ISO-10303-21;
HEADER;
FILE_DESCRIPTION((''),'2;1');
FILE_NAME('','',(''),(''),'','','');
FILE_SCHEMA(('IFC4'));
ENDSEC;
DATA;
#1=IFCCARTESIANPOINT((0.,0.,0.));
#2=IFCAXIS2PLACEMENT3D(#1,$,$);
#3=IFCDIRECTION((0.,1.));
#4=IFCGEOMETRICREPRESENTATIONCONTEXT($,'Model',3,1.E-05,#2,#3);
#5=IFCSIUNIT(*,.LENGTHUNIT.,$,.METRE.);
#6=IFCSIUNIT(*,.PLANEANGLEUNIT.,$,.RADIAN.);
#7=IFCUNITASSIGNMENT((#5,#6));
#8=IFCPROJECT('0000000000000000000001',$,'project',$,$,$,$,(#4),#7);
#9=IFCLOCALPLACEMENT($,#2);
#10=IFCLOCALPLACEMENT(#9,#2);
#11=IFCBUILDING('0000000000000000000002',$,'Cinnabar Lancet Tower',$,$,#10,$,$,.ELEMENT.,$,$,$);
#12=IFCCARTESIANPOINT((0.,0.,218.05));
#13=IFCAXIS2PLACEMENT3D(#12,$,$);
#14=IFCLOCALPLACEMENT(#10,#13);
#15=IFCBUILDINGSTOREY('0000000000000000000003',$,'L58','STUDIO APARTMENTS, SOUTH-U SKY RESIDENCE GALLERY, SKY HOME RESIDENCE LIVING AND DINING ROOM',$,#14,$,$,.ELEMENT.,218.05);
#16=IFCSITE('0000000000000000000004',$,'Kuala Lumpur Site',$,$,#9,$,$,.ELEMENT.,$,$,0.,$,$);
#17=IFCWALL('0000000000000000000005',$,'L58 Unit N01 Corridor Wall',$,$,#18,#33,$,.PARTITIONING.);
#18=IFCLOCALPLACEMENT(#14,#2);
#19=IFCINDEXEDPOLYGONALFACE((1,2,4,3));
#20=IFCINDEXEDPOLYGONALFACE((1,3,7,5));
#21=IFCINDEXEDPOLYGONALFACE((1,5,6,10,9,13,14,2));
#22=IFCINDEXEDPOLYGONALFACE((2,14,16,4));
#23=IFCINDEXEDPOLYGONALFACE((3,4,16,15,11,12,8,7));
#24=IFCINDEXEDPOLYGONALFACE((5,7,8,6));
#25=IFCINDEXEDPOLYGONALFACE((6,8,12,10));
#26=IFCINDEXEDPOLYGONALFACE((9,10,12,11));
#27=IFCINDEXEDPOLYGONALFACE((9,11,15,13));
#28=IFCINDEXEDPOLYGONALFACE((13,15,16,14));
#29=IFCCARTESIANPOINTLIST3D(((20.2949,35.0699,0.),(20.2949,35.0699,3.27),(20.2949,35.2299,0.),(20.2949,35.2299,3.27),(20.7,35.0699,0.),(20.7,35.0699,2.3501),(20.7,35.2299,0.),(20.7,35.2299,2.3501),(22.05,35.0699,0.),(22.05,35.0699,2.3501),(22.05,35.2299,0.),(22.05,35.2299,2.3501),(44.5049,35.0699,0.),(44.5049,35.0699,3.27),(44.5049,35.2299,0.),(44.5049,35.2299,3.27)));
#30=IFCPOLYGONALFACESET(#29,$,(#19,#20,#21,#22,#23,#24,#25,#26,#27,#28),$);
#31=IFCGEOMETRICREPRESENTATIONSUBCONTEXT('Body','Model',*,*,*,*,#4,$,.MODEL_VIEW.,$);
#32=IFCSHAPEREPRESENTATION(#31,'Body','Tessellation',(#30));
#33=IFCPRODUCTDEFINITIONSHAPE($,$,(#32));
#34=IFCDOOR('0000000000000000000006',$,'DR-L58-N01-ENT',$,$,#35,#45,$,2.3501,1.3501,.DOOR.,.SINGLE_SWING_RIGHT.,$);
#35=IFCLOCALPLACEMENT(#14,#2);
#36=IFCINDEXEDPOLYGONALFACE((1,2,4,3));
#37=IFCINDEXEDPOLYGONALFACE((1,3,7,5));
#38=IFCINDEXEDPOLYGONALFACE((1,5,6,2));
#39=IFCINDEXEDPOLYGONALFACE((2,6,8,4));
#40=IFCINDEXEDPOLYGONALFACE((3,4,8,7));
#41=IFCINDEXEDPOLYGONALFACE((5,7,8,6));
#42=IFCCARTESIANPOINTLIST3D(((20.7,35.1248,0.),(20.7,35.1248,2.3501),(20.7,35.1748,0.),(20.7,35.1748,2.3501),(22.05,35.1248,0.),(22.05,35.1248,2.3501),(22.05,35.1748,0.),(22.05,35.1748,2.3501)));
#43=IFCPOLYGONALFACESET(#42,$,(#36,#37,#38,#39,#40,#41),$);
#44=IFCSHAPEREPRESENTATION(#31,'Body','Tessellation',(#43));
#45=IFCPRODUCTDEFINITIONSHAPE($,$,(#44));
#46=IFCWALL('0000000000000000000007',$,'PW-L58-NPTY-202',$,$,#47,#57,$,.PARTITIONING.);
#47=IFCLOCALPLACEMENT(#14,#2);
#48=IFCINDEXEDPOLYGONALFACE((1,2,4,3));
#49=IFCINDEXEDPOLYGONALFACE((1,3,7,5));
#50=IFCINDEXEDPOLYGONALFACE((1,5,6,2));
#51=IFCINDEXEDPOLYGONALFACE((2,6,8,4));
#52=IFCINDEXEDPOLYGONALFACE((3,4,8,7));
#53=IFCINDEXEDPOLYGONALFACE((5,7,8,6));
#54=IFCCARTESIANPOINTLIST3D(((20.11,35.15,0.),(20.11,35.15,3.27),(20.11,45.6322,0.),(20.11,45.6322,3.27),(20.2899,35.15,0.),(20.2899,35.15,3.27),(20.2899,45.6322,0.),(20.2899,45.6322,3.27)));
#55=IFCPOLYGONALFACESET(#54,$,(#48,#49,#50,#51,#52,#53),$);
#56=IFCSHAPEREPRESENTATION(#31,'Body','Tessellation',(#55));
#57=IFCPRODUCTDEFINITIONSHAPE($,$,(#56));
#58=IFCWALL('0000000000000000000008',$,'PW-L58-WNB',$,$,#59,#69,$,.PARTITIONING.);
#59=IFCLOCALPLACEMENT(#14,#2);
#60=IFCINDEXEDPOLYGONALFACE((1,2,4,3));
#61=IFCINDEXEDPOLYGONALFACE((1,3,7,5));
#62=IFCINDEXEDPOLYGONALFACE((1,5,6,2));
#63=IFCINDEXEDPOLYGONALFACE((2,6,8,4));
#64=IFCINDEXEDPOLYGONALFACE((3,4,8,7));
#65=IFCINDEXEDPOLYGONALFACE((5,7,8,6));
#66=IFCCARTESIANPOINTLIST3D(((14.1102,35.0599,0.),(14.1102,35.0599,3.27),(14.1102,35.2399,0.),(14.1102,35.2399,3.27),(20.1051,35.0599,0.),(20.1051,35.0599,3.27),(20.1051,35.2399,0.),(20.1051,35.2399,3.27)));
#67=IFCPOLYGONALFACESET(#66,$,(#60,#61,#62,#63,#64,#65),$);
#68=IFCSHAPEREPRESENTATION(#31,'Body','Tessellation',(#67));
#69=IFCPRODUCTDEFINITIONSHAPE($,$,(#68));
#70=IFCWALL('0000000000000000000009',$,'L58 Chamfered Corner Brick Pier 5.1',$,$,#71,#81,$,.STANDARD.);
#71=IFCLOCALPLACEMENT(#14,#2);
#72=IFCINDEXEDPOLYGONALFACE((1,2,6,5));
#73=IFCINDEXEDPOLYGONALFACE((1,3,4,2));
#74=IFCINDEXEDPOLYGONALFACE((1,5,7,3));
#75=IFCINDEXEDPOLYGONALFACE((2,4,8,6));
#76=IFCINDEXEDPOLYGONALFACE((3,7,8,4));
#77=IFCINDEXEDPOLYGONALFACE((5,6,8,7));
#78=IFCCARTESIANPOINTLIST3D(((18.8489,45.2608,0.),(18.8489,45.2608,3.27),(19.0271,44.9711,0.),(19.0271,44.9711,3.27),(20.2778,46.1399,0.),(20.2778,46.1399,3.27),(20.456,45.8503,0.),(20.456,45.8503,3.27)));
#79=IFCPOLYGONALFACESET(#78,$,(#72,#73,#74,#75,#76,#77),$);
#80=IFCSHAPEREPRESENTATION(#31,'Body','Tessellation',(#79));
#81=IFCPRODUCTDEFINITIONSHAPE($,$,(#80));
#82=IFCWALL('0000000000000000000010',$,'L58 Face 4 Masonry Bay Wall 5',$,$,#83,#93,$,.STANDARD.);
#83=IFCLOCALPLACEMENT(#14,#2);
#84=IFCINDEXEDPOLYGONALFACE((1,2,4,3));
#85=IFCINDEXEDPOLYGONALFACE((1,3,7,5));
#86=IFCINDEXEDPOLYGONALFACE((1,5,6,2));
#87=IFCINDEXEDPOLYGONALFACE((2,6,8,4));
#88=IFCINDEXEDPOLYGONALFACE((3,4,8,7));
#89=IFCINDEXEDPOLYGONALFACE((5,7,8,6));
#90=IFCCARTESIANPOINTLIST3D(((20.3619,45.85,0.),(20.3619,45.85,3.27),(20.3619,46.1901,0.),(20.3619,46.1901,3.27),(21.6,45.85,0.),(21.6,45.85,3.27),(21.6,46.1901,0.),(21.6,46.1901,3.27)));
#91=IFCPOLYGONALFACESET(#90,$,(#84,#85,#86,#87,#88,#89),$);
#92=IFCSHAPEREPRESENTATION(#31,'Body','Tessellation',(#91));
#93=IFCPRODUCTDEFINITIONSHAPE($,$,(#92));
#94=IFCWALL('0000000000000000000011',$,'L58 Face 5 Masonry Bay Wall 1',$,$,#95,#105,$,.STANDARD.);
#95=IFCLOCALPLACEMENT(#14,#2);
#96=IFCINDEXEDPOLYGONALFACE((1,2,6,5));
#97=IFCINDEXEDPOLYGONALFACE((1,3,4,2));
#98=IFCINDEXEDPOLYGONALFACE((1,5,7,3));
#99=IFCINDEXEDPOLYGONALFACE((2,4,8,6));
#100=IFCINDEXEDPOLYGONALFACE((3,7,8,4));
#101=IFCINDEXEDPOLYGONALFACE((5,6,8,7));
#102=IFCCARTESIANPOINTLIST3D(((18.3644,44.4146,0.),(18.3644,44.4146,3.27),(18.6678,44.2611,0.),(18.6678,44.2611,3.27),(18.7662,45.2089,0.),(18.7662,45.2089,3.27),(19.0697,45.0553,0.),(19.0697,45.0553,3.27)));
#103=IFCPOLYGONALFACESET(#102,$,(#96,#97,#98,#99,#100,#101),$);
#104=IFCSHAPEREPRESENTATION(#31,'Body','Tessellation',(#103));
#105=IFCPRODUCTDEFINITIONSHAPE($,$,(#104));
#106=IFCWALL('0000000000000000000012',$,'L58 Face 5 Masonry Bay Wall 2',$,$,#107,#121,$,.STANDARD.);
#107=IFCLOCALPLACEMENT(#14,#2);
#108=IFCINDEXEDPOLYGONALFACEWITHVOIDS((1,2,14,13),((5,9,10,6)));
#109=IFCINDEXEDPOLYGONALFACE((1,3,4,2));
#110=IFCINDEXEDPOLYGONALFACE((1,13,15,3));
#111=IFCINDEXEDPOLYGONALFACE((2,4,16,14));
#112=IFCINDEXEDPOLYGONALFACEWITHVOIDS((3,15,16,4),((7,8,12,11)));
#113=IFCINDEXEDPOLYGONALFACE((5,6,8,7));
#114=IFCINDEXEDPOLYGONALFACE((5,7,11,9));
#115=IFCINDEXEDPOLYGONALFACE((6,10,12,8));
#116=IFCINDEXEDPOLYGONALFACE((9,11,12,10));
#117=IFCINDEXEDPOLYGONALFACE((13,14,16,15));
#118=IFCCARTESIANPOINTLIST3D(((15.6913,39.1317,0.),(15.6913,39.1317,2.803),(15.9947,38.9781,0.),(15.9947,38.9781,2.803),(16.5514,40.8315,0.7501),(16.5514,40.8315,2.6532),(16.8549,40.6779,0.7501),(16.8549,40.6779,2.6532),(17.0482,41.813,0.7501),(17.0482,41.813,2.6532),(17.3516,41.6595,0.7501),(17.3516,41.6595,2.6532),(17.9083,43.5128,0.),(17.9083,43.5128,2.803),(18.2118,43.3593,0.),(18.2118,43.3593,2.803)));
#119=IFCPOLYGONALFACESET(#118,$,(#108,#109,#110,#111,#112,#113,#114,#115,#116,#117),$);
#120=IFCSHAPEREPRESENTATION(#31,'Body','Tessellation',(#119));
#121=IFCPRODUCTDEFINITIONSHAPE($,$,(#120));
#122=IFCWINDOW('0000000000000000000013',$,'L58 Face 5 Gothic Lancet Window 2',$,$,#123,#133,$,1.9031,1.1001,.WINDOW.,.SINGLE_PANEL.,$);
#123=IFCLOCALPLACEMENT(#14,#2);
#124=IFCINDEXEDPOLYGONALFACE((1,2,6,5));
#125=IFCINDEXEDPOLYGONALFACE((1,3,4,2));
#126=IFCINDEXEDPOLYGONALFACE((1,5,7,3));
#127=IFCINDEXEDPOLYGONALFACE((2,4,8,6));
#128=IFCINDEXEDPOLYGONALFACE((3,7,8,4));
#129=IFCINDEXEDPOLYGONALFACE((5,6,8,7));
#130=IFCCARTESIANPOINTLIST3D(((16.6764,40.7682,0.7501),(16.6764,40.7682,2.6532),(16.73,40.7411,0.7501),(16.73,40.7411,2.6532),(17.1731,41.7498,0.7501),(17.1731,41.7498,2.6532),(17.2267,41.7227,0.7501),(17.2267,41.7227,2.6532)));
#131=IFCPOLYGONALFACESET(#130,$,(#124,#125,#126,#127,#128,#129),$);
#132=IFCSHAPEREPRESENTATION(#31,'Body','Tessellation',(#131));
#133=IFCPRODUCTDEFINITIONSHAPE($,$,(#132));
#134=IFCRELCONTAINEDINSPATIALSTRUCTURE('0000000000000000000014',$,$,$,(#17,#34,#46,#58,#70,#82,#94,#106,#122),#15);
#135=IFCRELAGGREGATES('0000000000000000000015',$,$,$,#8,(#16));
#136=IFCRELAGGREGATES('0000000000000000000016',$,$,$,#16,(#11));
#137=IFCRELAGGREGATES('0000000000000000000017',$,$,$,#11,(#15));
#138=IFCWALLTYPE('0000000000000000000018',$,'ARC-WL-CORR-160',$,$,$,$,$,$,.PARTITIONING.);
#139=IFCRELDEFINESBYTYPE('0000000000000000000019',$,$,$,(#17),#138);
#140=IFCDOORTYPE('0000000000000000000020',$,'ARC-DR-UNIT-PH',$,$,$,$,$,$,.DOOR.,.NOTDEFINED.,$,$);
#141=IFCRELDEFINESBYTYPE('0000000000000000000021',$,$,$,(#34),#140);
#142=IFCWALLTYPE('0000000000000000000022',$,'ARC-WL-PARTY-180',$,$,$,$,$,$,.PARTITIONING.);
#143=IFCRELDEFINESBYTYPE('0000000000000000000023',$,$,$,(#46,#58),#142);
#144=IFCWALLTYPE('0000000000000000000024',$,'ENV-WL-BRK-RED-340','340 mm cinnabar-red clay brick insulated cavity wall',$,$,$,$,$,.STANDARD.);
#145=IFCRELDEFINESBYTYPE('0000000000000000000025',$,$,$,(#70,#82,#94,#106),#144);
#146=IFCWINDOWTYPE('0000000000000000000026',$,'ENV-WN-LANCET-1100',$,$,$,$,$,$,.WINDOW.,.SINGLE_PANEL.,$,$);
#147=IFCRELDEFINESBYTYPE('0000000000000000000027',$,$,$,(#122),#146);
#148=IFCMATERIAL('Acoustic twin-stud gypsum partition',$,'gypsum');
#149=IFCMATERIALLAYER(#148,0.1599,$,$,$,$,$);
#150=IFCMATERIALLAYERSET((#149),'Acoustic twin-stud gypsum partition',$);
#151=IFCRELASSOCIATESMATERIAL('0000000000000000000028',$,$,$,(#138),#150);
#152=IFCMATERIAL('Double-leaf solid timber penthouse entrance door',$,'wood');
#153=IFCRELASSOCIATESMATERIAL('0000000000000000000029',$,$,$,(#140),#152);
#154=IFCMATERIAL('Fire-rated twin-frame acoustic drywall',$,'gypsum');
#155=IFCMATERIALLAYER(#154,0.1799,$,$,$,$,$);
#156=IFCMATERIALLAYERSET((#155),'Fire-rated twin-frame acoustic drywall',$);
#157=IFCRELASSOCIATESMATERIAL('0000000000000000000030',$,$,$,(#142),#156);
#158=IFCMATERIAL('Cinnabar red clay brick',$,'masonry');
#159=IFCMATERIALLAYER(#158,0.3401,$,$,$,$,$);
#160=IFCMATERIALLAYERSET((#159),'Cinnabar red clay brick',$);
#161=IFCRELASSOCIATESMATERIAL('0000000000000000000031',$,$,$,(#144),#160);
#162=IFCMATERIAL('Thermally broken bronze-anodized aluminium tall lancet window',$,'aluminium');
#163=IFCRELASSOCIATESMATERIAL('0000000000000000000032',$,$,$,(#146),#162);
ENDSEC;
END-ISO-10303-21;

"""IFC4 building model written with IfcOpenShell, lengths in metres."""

from ifc_helpers import new_model, si_unit, direction, frame, frame_2d, origin, place, context, subcontext, project, spatial, rectangle, extrude, material, layer, layer_set, type_object, element, fill, save


model = new_model("IFC4")

# Units and contexts
model_context = context("Model", 3, precision=1e-05, world=origin(), true_north=direction((0.0, 1.0)))
body_context = subcontext(model_context, "Body", "Model", "MODEL_VIEW")
ifc_project = project(units=[si_unit("LENGTHUNIT", "METRE"), si_unit("PLANEANGLEUNIT", "RADIAN")], contexts=[model_context])

# Site, building, storey
site_placement = place(None, origin())
site = spatial("IfcSite", under=ifc_project, at=site_placement, Name="Kuala Lumpur Site", CompositionType="ELEMENT", RefElevation=0.0)
building_placement = place(site_placement, origin())
building = spatial("IfcBuilding", under=site, at=building_placement, Name="Cinnabar Lancet Tower", CompositionType="ELEMENT")
storey_placement = place(building_placement, frame((0.0, 0.0, 218.05)))
storey = spatial("IfcBuildingStorey", under=building, at=storey_placement, Name="L58", Description="STUDIO APARTMENTS, SOUTH-U SKY RESIDENCE GALLERY, SKY HOME RESIDENCE LIVING AND DINING ROOM", CompositionType="ELEMENT", Elevation=218.05)

# Wall, opening, door
ifc_material_1 = material(Name="Acoustic twin-stud gypsum partition", Category="gypsum")
ifc_layer_1 = layer(ifc_material_1, 0.1599)
ifc_layer_set_1 = layer_set([ifc_layer_1], Name="Acoustic twin-stud gypsum partition")
wall_type_1 = type_object("IfcWallType", Name="ARC-WL-CORR-160", PredefinedType="PARTITIONING", material=ifc_layer_set_1)
wall_1_placement = place(storey_placement, frame((20.2949, 35.1499, 0.0), z_axis=(0.0, 0.0, 1.0), x_axis=(1.0, 0.0, 0.0)))
wall_1 = element("IfcWall", 1, at=wall_1_placement, inside=storey, type_object=wall_type_1, Name="L58 Unit N01 Corridor Wall", PredefinedType="PARTITIONING", context=body_context, shape_type="SweptSolid", body=[
    extrude(rectangle(XDim=24.21, YDim=0.1599, at=frame_2d((12.105, 0.0))), origin(), (0.0, 0.0, 1.0), 3.27),
])
opening_1_placement = place(wall_1_placement, frame((0.405, 0.0, 0.0)))
opening_1 = element("IfcOpeningElement", 2, at=opening_1_placement, cuts=wall_1, PredefinedType="OPENING", context=body_context, shape_type="SweptSolid", body=[
    extrude(rectangle(XDim=1.3501, YDim=2.3501, at=frame_2d((0.675, 1.175))), frame((0.0, 0.0898, 0.0), z_axis=(0.0, -1.0, 0.0), x_axis=(1.0, 0.0, 0.0)), (0.0, 0.0, 1.0), 0.1799),
])
ifc_material_2 = material(Name="Double-leaf solid timber penthouse entrance door", Category="wood")
door_type = type_object("IfcDoorType", Name="ARC-DR-UNIT-PH", OperationType="NOTDEFINED", PredefinedType="DOOR", material=ifc_material_2)
door_placement = place(opening_1_placement, origin())
door = element("IfcDoor", 3, at=door_placement, inside=storey, type_object=door_type, Name="DR-L58-N01-ENT", OperationType="SINGLE_SWING_RIGHT", OverallHeight=2.3501, OverallWidth=1.3501, PredefinedType="DOOR", context=body_context, shape_type="SweptSolid", body=[
    extrude(rectangle(XDim=1.3501, YDim=2.3501, at=frame_2d((0.675, 1.175))), frame((0.0, 0.0249, 0.0), z_axis=(0.0, -1.0, 0.0), x_axis=(1.0, 0.0, 0.0)), (0.0, 0.0, 1.0), 0.05),
])
fill(opening_1, door)

# Walls
ifc_material_3 = material(Name="Fire-rated twin-frame acoustic drywall", Category="gypsum")
ifc_layer_2 = layer(ifc_material_3, 0.1799)
ifc_layer_set_2 = layer_set([ifc_layer_2], Name="Fire-rated twin-frame acoustic drywall")
wall_type_2 = type_object("IfcWallType", Name="ARC-WL-PARTY-180", PredefinedType="PARTITIONING", material=ifc_layer_set_2)
wall_2_placement = place(storey_placement, frame((20.2, 35.1499, 0.0), z_axis=(0.0, 0.0, 1.0), x_axis=(0.0, 1.0, 0.0)))
element("IfcWall", 4, at=wall_2_placement, inside=storey, type_object=wall_type_2, Name="PW-L58-NPTY-202", PredefinedType="PARTITIONING", context=body_context, shape_type="SweptSolid", body=[
    extrude(rectangle(XDim=10.4822, YDim=0.1799, at=frame_2d((5.2412, 0.0))), origin(), (0.0, 0.0, 1.0), 3.27),
])
wall_3_placement = place(storey_placement, frame((14.1101, 35.1499, 0.0), z_axis=(0.0, 0.0, 1.0), x_axis=(1.0, 0.0, 0.0)))
element("IfcWall", 5, at=wall_3_placement, inside=storey, type_object=wall_type_2, Name="PW-L58-WNB", PredefinedType="PARTITIONING", context=body_context, shape_type="SweptSolid", body=[
    extrude(rectangle(XDim=5.9949, YDim=0.1799, at=frame_2d((2.9976, 0.0))), origin(), (0.0, 0.0, 1.0), 3.27),
])
ifc_material_4 = material(Name="Cinnabar red clay brick", Category="masonry")
ifc_layer_3 = layer(ifc_material_4, 0.3401)
ifc_layer_set_3 = layer_set([ifc_layer_3], Name="Cinnabar red clay brick")
wall_type_3 = type_object("IfcWallType", Name="ENV-WL-BRK-RED-340", Description="340 mm cinnabar-red clay brick insulated cavity wall", PredefinedType="STANDARD", material=ifc_layer_set_3)
wall_4_placement = place(storey_placement, frame((20.3669, 45.9951, 0.0), z_axis=(0.0, 0.0, 1.0), x_axis=(-0.851713, -0.524008, 0.0)))
element("IfcWall", 6, at=wall_4_placement, inside=storey, type_object=wall_type_3, Name="L58 Chamfered Corner Brick Pier 5.1", PredefinedType="STANDARD", context=body_context, shape_type="SweptSolid", body=[
    extrude(rectangle(XDim=1.6777, YDim=0.3401, at=frame_2d((0.8389, 0.0))), origin(), (0.0, 0.0, 1.0), 3.27),
])
wall_5_placement = place(storey_placement, frame((21.6001, 46.02, 0.0), z_axis=(0.0, 0.0, 1.0), x_axis=(-1.0, 0.0, 0.0)))
element("IfcWall", 7, at=wall_5_placement, inside=storey, type_object=wall_type_3, Name="L58 Face 4 Masonry Bay Wall 5", PredefinedType="STANDARD", context=body_context, shape_type="SweptSolid", body=[
    extrude(rectangle(XDim=1.238, YDim=0.3401, at=frame_2d((0.6191, 0.0))), origin(), (0.0, 0.0, 1.0), 3.27),
])
wall_6_placement = place(storey_placement, frame((18.918, 45.1321, 0.0), z_axis=(0.0, 0.0, 1.0), x_axis=(-0.451487, -0.892277, 0.0)))
element("IfcWall", 8, at=wall_6_placement, inside=storey, type_object=wall_type_3, Name="L58 Face 5 Masonry Bay Wall 1", PredefinedType="STANDARD", context=body_context, shape_type="SweptSolid", body=[
    extrude(rectangle(XDim=0.8901, YDim=0.3401, at=frame_2d((0.4451, 0.0))), origin(), (0.0, 0.0, 1.0), 3.27),
])

# Wall, opening, window
wall_7_placement = place(storey_placement, frame((18.0601, 43.436, 0.0), z_axis=(0.0, 0.0, 1.0), x_axis=(-0.451524, -0.892259, 0.0)))
wall_7 = element("IfcWall", 9, at=wall_7_placement, inside=storey, type_object=wall_type_3, Name="L58 Face 5 Masonry Bay Wall 2", PredefinedType="STANDARD", context=body_context, shape_type="SweptSolid", body=[
    extrude(rectangle(XDim=4.9102, YDim=0.3401, at=frame_2d((2.4551, 0.0))), origin(), (0.0, 0.0, 1.0), 2.803),
])
opening_2_placement = place(wall_7_placement, frame((1.905, 0.0, 0.75)))
opening_2 = element("IfcOpeningElement", 10, at=opening_2_placement, cuts=wall_7, PredefinedType="OPENING", context=body_context, shape_type="SweptSolid", body=[
    extrude(rectangle(XDim=1.1001, YDim=1.9031, at=frame_2d((0.55, 0.9517))), frame((0.0, 0.1799, 0.0), z_axis=(0.0, -1.0, 0.0), x_axis=(1.0, 0.0, 0.0)), (0.0, 0.0, 1.0), 0.3601),
])
ifc_material_5 = material(Name="Thermally broken bronze-anodized aluminium tall lancet window", Category="aluminium")
window_type = type_object("IfcWindowType", Name="ENV-WN-LANCET-1100", PartitioningType="SINGLE_PANEL", PredefinedType="WINDOW", material=ifc_material_5)
window_1_placement = place(opening_2_placement, origin())
window_1 = element("IfcWindow", 11, at=window_1_placement, inside=storey, type_object=window_type, Name="L58 Face 5 Gothic Lancet Window 2", OverallHeight=1.9031, OverallWidth=1.1001, PartitioningType="SINGLE_PANEL", PredefinedType="WINDOW", context=body_context, shape_type="SweptSolid", body=[
    extrude(rectangle(XDim=1.1001, YDim=1.9031, at=frame_2d((0.55, 0.9517))), frame((0.0, 0.03, 0.0), z_axis=(0.0, -1.0, 0.0), x_axis=(1.0, 0.0, 0.0)), (0.0, 0.0, 1.0), 0.0601),
])
fill(opening_2, window_1)

save(model, "model.ifc")
